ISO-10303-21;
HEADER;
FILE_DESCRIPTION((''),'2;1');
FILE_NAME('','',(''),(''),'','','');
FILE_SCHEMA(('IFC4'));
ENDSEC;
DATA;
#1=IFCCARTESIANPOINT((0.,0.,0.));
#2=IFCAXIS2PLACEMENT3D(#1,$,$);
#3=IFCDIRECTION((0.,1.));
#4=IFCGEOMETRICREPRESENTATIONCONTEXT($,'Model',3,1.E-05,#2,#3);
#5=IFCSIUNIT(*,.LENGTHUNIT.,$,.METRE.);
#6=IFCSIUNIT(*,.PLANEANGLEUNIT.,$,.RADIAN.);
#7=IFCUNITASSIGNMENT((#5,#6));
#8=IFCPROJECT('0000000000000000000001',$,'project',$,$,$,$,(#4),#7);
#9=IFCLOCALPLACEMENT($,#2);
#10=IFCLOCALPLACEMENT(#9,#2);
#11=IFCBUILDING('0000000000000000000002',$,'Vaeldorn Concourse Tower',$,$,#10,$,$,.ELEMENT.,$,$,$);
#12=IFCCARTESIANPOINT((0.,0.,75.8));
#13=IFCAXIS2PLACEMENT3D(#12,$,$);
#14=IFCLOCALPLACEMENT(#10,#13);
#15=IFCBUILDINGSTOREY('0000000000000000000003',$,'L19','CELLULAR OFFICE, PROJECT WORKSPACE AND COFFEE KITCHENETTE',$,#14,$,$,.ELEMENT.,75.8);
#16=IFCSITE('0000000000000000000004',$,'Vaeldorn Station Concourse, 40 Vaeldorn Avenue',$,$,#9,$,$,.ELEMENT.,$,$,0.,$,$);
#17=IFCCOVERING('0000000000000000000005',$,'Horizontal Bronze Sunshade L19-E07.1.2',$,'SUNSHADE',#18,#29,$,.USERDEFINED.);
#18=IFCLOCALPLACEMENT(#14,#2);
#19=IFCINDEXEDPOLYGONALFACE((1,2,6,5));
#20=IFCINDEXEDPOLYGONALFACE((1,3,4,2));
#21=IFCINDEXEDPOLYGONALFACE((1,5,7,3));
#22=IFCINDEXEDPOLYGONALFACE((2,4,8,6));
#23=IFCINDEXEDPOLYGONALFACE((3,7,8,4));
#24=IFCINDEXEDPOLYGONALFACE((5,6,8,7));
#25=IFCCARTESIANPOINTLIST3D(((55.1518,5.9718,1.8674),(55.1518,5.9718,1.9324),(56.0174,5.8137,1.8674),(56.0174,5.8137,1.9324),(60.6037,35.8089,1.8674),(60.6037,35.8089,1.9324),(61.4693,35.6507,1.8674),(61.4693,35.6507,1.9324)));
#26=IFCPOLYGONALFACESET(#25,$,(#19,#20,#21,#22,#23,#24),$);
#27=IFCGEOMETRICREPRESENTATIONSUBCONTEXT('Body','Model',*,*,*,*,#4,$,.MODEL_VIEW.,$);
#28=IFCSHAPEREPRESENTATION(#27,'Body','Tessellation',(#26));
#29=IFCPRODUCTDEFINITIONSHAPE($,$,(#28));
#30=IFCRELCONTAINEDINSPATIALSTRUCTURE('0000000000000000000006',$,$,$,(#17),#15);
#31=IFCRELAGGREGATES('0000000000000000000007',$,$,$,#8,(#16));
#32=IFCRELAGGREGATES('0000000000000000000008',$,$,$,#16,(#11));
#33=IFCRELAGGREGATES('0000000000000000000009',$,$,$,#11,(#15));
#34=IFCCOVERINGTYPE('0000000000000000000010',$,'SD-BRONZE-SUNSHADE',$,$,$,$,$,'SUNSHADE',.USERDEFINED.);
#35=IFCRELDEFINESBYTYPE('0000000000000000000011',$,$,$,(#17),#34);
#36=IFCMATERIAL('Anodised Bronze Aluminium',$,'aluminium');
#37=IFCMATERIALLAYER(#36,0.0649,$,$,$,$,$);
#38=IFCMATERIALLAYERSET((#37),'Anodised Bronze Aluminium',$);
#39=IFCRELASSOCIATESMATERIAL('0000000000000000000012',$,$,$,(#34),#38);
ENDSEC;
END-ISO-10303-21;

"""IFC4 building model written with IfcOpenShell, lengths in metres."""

from ifc_helpers import new_model, si_unit, direction, frame, origin, origin_2d, place, context, subcontext, project, spatial, rectangle, extrude, source, transform, mapped, material, layer, layer_set, type_object, element, save


model = new_model("IFC4")

# Units and contexts
model_context = context("Model", 3, precision=1e-05, world=origin(), true_north=direction((0.0, 1.0)))
body_context = subcontext(model_context, "Body", "Model", "MODEL_VIEW")
ifc_project = project(units=[si_unit("LENGTHUNIT", "METRE"), si_unit("PLANEANGLEUNIT", "RADIAN")], contexts=[model_context])

# Site, building, storey
site_placement = place(None, origin())
site = spatial("IfcSite", under=ifc_project, at=site_placement, Name="Vaeldorn Station Concourse, 40 Vaeldorn Avenue", CompositionType="ELEMENT", RefElevation=0.0)
building_placement = place(site_placement, origin())
building = spatial("IfcBuilding", under=site, at=building_placement, Name="Vaeldorn Concourse Tower", CompositionType="ELEMENT")
storey_placement = place(building_placement, frame((0.0, 0.0, 75.8)))
storey = spatial("IfcBuildingStorey", under=building, at=storey_placement, Name="L19", Description="CELLULAR OFFICE, PROJECT WORKSPACE AND COFFEE KITCHENETTE", CompositionType="ELEMENT", Elevation=75.8)

# Shared definitions
ifc_material_1 = material(Name="Anodised Bronze Aluminium", Category="aluminium")

# Covering
ifc_layer_1 = layer(ifc_material_1, 0.0649)
ifc_layer_set_1 = layer_set([ifc_layer_1], Name="Anodised Bronze Aluminium")
covering_type = type_object("IfcCoveringType", Name="SD-BRONZE-SUNSHADE", ElementType="SUNSHADE", PredefinedType="USERDEFINED", material=ifc_layer_set_1)
shared_shape_1 = source(origin(), body_context, "Body", "SweptSolid", [
    extrude(rectangle(XDim=30.3311, YDim=0.8799, at=origin_2d()), origin(), (0.0, 0.0, 1.0), 0.0649),
])
for number, where, z_axis, x_axis, name in (
    (1, (58.3105, 20.8113, 1.8674), (0.0, 0.0, 1.0), (0.179747, 0.983713, 0.0), "Horizontal Bronze Sunshade L19-E07.1.2"),
):
    element("IfcCovering", number, at=place(storey_placement, frame(where, z_axis=z_axis, x_axis=x_axis)), inside=storey, type_object=covering_type, Name=name, ObjectType="SUNSHADE", PredefinedType="USERDEFINED", context=body_context, shape_type="MappedRepresentation", body=[
        mapped(shared_shape_1, transform((0.0, 0.0, 0.0), scale=1.0)),
    ])

save(model, "model.ifc")
